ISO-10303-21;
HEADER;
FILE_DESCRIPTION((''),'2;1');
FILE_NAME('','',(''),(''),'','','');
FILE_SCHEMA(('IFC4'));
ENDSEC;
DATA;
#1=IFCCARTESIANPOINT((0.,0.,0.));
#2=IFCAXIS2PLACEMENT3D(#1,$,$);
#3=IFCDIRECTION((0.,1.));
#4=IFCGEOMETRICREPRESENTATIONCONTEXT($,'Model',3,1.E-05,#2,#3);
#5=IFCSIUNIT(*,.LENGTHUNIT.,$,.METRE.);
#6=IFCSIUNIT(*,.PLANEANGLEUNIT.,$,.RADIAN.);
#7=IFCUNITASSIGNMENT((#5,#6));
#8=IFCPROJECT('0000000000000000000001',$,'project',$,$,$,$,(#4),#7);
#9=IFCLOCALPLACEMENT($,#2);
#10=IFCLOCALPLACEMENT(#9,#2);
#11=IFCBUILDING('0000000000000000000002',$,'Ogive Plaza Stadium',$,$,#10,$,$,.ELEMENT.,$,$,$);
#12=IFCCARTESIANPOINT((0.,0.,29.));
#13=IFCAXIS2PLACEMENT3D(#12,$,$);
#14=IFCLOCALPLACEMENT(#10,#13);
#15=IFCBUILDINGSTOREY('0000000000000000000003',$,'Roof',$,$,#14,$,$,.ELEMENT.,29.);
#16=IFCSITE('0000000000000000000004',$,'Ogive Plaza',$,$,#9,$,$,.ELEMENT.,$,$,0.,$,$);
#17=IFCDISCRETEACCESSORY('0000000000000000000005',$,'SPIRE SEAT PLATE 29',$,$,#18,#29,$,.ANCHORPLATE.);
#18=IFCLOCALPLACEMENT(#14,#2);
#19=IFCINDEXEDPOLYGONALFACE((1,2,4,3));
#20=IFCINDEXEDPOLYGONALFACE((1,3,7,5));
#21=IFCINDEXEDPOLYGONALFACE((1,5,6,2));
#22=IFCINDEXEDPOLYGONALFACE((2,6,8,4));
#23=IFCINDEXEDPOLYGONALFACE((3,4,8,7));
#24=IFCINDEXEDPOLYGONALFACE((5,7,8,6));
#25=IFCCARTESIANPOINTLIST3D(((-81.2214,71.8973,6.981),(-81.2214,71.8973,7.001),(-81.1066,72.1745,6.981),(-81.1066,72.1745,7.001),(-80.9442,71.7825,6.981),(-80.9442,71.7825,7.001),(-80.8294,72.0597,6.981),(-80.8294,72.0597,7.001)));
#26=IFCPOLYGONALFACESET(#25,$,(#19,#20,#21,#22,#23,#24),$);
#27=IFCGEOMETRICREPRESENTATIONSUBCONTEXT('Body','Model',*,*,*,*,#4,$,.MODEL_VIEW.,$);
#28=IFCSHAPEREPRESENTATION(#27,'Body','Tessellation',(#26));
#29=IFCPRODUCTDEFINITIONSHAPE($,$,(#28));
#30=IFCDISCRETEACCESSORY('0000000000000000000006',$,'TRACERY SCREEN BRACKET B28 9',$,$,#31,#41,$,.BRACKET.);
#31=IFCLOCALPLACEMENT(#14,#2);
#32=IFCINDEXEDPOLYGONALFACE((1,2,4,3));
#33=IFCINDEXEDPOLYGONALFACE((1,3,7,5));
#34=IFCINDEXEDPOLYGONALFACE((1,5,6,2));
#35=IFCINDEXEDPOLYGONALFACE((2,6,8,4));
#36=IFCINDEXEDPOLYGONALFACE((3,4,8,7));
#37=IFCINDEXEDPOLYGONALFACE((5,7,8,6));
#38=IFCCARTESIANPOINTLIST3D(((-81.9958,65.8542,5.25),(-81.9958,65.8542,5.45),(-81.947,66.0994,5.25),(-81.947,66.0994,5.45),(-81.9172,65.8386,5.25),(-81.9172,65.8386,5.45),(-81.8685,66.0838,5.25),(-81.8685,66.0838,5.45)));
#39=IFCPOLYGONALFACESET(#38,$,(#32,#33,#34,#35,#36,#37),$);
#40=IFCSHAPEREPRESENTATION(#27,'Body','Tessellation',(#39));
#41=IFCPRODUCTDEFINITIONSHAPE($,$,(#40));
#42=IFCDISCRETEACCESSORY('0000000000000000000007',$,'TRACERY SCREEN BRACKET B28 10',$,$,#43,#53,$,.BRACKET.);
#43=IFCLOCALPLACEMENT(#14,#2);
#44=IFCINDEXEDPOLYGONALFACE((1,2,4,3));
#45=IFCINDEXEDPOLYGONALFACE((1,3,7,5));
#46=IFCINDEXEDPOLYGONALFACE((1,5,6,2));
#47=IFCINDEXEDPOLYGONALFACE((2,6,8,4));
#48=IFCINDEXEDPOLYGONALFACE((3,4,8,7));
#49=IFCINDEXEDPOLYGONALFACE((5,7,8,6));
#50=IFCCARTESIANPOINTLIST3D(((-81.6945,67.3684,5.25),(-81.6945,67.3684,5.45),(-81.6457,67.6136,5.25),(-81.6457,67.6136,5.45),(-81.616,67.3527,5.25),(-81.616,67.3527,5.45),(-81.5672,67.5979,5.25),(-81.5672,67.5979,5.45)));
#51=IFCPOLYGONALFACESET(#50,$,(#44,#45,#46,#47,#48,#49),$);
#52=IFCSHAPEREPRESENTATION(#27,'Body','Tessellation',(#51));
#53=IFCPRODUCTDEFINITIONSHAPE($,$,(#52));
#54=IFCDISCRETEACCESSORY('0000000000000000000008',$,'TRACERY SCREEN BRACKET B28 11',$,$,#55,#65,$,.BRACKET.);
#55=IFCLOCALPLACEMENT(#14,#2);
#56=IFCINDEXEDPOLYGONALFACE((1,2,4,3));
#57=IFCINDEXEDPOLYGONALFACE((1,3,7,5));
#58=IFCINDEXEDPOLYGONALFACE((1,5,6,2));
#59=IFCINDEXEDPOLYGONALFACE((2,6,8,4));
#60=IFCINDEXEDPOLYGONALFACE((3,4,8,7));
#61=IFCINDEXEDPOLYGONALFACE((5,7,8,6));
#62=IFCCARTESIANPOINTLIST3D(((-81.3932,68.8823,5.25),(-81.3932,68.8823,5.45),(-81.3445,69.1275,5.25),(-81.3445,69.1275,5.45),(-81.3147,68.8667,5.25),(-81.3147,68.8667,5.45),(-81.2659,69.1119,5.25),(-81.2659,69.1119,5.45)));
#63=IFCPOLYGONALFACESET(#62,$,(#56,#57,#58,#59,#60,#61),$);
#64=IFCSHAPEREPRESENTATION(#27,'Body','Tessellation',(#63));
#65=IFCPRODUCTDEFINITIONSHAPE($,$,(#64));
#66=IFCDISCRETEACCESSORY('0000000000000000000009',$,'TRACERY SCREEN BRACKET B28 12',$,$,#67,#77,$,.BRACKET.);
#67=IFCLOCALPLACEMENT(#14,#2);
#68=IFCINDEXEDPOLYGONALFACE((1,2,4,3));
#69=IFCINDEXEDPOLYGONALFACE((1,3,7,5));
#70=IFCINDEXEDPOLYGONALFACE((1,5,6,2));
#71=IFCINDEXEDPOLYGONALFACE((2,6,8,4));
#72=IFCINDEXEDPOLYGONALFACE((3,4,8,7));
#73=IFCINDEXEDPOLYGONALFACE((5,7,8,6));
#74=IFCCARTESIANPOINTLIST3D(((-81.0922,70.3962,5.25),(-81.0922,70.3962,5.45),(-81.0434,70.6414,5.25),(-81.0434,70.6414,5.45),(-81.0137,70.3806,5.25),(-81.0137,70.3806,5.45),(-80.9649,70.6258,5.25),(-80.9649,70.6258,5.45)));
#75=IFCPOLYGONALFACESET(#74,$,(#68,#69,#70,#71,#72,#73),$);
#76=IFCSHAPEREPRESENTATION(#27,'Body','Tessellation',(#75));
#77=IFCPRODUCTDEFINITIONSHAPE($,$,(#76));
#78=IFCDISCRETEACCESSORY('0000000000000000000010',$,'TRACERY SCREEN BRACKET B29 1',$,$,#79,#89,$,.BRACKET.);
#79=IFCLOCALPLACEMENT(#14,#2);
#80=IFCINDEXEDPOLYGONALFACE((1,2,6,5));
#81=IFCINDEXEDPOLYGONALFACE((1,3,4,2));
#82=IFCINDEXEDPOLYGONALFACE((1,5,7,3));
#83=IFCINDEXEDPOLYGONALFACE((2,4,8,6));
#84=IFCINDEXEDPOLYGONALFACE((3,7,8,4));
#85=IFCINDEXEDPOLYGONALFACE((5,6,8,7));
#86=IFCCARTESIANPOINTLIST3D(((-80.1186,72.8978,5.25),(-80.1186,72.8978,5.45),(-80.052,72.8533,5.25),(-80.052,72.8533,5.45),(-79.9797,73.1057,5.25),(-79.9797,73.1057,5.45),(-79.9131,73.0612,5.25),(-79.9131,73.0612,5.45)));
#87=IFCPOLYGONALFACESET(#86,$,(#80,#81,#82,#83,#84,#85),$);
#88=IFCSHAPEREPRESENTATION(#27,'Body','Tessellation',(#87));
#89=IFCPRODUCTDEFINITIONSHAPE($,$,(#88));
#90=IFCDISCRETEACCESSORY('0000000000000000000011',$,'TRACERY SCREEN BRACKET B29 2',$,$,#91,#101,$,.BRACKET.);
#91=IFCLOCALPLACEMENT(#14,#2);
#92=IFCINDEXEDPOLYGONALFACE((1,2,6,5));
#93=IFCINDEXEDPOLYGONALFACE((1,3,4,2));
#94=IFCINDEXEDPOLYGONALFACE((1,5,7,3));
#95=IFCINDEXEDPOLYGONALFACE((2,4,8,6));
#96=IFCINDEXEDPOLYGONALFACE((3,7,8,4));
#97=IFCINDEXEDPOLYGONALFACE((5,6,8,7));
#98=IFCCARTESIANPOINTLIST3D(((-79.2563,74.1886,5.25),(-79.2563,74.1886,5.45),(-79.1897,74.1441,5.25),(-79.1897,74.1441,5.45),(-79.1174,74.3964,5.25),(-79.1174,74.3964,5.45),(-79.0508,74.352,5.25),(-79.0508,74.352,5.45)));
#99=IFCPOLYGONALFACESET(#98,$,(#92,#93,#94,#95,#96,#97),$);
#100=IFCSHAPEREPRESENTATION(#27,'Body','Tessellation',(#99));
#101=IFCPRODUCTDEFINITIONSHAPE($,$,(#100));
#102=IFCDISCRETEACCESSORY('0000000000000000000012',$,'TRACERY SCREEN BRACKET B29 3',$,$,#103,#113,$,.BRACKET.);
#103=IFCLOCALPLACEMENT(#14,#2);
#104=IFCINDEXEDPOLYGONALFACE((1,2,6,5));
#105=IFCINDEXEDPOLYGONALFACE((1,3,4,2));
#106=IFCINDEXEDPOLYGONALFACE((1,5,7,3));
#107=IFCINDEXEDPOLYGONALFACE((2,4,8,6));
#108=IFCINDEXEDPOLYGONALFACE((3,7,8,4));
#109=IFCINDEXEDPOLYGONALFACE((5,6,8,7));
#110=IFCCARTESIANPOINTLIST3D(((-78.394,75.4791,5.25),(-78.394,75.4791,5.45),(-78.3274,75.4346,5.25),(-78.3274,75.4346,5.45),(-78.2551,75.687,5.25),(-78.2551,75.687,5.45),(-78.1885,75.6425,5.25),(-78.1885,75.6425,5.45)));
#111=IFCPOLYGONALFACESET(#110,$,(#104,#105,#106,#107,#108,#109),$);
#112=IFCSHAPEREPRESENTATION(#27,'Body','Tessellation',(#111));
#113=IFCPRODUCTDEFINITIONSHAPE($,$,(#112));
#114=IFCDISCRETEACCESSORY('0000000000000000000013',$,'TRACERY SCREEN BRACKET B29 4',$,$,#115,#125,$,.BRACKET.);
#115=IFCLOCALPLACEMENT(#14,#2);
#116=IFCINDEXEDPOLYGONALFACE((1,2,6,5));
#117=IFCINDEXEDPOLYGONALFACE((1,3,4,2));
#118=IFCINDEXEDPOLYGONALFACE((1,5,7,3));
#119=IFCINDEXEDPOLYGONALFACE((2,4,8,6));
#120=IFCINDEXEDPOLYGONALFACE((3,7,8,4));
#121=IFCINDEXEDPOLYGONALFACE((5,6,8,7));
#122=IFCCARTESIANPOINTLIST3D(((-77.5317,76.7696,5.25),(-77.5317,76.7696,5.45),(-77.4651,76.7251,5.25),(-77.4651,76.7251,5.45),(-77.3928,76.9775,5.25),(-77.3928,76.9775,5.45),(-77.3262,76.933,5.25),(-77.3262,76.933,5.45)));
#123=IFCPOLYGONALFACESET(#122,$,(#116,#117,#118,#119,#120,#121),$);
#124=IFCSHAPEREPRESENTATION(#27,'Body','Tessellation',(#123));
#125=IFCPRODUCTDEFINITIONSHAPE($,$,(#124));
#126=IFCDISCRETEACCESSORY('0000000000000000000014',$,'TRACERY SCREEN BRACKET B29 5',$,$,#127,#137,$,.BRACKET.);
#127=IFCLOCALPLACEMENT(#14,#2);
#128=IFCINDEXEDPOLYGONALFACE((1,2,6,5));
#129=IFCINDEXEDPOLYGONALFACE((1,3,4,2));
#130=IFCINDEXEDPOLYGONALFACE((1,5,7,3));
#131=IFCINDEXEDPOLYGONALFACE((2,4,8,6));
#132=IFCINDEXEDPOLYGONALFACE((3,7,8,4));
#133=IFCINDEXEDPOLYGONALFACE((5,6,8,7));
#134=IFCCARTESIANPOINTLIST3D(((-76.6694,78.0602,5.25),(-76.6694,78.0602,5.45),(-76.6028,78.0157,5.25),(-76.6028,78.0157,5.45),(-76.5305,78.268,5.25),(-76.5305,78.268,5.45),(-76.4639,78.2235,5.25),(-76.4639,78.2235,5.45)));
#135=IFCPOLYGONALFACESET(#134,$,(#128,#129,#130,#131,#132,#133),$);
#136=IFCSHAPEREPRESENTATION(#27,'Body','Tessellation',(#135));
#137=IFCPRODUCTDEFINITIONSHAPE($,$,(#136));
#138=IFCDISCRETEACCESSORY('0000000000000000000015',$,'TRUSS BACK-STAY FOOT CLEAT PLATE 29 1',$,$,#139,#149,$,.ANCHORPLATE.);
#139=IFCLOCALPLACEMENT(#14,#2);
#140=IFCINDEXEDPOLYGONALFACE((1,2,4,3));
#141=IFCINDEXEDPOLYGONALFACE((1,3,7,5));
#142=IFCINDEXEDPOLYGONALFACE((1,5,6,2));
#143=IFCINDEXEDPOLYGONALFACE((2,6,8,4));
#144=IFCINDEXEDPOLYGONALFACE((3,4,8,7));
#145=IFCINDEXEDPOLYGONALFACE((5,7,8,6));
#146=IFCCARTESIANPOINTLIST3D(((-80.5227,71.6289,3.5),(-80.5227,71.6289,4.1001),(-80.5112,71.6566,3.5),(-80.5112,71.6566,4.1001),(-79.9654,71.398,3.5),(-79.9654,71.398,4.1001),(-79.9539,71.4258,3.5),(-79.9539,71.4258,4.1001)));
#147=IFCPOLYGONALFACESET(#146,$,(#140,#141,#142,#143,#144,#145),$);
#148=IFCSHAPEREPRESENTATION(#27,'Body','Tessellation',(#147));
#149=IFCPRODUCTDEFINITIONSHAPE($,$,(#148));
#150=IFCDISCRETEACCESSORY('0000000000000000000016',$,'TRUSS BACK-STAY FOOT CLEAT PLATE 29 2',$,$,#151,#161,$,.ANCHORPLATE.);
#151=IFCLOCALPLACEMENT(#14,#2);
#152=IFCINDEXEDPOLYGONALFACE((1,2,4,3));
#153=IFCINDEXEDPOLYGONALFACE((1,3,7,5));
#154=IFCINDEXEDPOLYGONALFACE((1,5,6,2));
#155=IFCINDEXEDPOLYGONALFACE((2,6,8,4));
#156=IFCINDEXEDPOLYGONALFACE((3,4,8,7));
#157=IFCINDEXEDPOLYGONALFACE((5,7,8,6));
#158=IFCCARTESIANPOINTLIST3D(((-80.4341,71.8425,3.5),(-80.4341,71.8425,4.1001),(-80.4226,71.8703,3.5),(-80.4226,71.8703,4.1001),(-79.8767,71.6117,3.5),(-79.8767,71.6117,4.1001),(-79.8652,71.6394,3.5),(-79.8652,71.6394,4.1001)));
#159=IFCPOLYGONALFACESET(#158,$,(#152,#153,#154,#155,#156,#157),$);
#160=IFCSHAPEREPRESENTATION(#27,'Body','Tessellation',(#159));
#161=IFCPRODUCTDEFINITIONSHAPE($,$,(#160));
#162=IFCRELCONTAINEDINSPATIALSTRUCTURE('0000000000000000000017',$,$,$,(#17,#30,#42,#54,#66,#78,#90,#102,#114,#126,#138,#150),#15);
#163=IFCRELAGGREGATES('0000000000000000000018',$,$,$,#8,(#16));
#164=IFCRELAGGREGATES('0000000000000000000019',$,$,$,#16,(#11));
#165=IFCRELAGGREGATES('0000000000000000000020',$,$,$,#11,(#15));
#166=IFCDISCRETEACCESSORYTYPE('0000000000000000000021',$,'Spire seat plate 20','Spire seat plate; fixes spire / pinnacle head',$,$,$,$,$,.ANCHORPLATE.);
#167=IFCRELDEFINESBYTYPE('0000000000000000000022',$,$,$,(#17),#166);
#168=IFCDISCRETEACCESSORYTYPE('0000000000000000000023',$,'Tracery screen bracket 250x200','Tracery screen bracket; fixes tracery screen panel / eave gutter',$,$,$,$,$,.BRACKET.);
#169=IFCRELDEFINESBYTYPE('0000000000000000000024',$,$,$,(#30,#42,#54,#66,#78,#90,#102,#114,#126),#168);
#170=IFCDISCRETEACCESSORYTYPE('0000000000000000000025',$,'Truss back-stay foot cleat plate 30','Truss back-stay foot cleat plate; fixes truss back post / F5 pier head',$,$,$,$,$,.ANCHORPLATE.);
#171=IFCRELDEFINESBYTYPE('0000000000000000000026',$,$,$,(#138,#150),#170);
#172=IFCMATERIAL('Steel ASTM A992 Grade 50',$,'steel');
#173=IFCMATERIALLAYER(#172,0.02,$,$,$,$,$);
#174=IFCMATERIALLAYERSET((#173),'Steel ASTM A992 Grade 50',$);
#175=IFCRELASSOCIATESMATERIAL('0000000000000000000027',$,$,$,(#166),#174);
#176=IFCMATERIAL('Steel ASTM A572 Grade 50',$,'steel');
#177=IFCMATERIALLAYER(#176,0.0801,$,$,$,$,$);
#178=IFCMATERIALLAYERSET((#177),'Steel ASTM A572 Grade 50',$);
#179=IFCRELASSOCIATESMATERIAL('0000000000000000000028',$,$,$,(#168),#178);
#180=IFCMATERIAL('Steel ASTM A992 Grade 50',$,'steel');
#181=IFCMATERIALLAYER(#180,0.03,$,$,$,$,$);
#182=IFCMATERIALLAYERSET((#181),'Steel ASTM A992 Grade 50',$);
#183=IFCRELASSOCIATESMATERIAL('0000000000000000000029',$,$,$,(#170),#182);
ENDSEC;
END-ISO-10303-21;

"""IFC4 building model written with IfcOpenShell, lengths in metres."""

from ifc_helpers import new_model, si_unit, direction, frame, origin, origin_2d, place, context, subcontext, project, spatial, rectangle, extrude, material, layer, layer_set, type_object, element, save


model = new_model("IFC4")

# Units and contexts
model_context = context("Model", 3, precision=1e-05, world=origin(), true_north=direction((0.0, 1.0)))
body_context = subcontext(model_context, "Body", "Model", "MODEL_VIEW")
ifc_project = project(units=[si_unit("LENGTHUNIT", "METRE"), si_unit("PLANEANGLEUNIT", "RADIAN")], contexts=[model_context])

# Site, building, storey
site_placement = place(None, origin())
site = spatial("IfcSite", under=ifc_project, at=site_placement, Name="Ogive Plaza", CompositionType="ELEMENT", RefElevation=0.0)
building_placement = place(site_placement, origin())
building = spatial("IfcBuilding", under=site, at=building_placement, Name="Ogive Plaza Stadium", CompositionType="ELEMENT")
storey_placement = place(building_placement, frame((0.0, 0.0, 29.0)))
storey = spatial("IfcBuildingStorey", under=building, at=storey_placement, Name="Roof", CompositionType="ELEMENT", Elevation=29.0)

# Discrete accessories
ifc_material_1 = material(Name="Steel ASTM A992 Grade 50", Category="steel")
ifc_layer_1 = layer(ifc_material_1, 0.02)
ifc_layer_set_1 = layer_set([ifc_layer_1], Name="Steel ASTM A992 Grade 50")
discrete_accessory_type_1 = type_object("IfcDiscreteAccessoryType", Name="Spire seat plate 20", Description="Spire seat plate; fixes spire / pinnacle head", PredefinedType="ANCHORPLATE", material=ifc_layer_set_1)
discrete_accessory_placement = place(storey_placement, frame((-81.0254, 71.9785, 6.981), z_axis=(0.0, 0.0, 1.0), x_axis=(-0.92388, 0.382683, 0.0)))
element("IfcDiscreteAccessory", 1, at=discrete_accessory_placement, inside=storey, type_object=discrete_accessory_type_1, Name="SPIRE SEAT PLATE 29", PredefinedType="ANCHORPLATE", context=body_context, shape_type="SweptSolid", body=[
    extrude(rectangle(XDim=0.3, YDim=0.3, at=origin_2d()), origin(), (0.0, 0.0, 1.0), 0.02),
])
ifc_material_2 = material(Name="Steel ASTM A572 Grade 50", Category="steel")
ifc_layer_2 = layer(ifc_material_2, 0.0801)
ifc_layer_set_2 = layer_set([ifc_layer_2], Name="Steel ASTM A572 Grade 50")
discrete_accessory_type_2 = type_object("IfcDiscreteAccessoryType", Name="Tracery screen bracket 250x200", Description="Tracery screen bracket; fixes tracery screen panel / eave gutter", PredefinedType="BRACKET", material=ifc_layer_set_2)
for number, where, z_axis, x_axis, name in (
    (2, (-81.9321, 65.969, 5.25), (0.0, 0.0, 1.0), (0.19509, 0.980785, 0.0), "TRACERY SCREEN BRACKET B28 9"),
    (3, (-81.6309, 67.4832, 5.25), (0.0, 0.0, 1.0), (0.19509, 0.980785, 0.0), "TRACERY SCREEN BRACKET B28 10"),
    (4, (-81.3296, 68.9971, 5.25), (0.0, 0.0, 1.0), (0.19509, 0.980785, 0.0), "TRACERY SCREEN BRACKET B28 11"),
    (5, (-81.0286, 70.511, 5.25), (0.0, 0.0, 1.0), (0.19509, 0.980785, 0.0), "TRACERY SCREEN BRACKET B28 12"),
    (6, (-80.0159, 72.9795, 5.25), (0.0, 0.0, 1.0), (0.55557, 0.83147, 0.0), "TRACERY SCREEN BRACKET B29 1"),
    (7, (-79.1536, 74.2703, 5.25), (0.0, 0.0, 1.0), (0.55557, 0.83147, 0.0), "TRACERY SCREEN BRACKET B29 2"),
    (8, (-78.2913, 75.5608, 5.25), (0.0, 0.0, 1.0), (0.55557, 0.83147, 0.0), "TRACERY SCREEN BRACKET B29 3"),
    (9, (-77.429, 76.8513, 5.25), (0.0, 0.0, 1.0), (0.55557, 0.83147, 0.0), "TRACERY SCREEN BRACKET B29 4"),
    (10, (-76.5667, 78.1418, 5.25), (0.0, 0.0, 1.0), (0.55557, 0.83147, 0.0), "TRACERY SCREEN BRACKET B29 5"),
):
    element("IfcDiscreteAccessory", number, at=place(storey_placement, frame(where, z_axis=z_axis, x_axis=x_axis)), inside=storey, type_object=discrete_accessory_type_2, Name=name, PredefinedType="BRACKET", context=body_context, shape_type="SweptSolid", body=[
        extrude(rectangle(XDim=0.25, YDim=0.0801, at=origin_2d()), origin(), (0.0, 0.0, 1.0), 0.2),
    ])
ifc_material_3 = material(Name="Steel ASTM A992 Grade 50", Category="steel")
ifc_layer_3 = layer(ifc_material_3, 0.03)
ifc_layer_set_3 = layer_set([ifc_layer_3], Name="Steel ASTM A992 Grade 50")
discrete_accessory_type_3 = type_object("IfcDiscreteAccessoryType", Name="Truss back-stay foot cleat plate 30", Description="Truss back-stay foot cleat plate; fixes truss back post / F5 pier head", PredefinedType="ANCHORPLATE", material=ifc_layer_set_3)
for number, where, z_axis, x_axis, name in (
    (11, (-80.2383, 71.5273, 3.5), (0.0, 0.0, 1.0), (-0.92388, 0.382683, 0.0), "TRUSS BACK-STAY FOOT CLEAT PLATE 29 1"),
    (12, (-80.1497, 71.741, 3.5), (0.0, 0.0, 1.0), (-0.92388, 0.382683, 0.0), "TRUSS BACK-STAY FOOT CLEAT PLATE 29 2"),
):
    element("IfcDiscreteAccessory", number, at=place(storey_placement, frame(where, z_axis=z_axis, x_axis=x_axis)), inside=storey, type_object=discrete_accessory_type_3, Name=name, PredefinedType="ANCHORPLATE", context=body_context, shape_type="SweptSolid", body=[
        extrude(rectangle(XDim=0.6033, YDim=0.03, at=origin_2d()), origin(), (0.0, 0.0, 1.0), 0.6001),
    ])

save(model, "model.ifc")
